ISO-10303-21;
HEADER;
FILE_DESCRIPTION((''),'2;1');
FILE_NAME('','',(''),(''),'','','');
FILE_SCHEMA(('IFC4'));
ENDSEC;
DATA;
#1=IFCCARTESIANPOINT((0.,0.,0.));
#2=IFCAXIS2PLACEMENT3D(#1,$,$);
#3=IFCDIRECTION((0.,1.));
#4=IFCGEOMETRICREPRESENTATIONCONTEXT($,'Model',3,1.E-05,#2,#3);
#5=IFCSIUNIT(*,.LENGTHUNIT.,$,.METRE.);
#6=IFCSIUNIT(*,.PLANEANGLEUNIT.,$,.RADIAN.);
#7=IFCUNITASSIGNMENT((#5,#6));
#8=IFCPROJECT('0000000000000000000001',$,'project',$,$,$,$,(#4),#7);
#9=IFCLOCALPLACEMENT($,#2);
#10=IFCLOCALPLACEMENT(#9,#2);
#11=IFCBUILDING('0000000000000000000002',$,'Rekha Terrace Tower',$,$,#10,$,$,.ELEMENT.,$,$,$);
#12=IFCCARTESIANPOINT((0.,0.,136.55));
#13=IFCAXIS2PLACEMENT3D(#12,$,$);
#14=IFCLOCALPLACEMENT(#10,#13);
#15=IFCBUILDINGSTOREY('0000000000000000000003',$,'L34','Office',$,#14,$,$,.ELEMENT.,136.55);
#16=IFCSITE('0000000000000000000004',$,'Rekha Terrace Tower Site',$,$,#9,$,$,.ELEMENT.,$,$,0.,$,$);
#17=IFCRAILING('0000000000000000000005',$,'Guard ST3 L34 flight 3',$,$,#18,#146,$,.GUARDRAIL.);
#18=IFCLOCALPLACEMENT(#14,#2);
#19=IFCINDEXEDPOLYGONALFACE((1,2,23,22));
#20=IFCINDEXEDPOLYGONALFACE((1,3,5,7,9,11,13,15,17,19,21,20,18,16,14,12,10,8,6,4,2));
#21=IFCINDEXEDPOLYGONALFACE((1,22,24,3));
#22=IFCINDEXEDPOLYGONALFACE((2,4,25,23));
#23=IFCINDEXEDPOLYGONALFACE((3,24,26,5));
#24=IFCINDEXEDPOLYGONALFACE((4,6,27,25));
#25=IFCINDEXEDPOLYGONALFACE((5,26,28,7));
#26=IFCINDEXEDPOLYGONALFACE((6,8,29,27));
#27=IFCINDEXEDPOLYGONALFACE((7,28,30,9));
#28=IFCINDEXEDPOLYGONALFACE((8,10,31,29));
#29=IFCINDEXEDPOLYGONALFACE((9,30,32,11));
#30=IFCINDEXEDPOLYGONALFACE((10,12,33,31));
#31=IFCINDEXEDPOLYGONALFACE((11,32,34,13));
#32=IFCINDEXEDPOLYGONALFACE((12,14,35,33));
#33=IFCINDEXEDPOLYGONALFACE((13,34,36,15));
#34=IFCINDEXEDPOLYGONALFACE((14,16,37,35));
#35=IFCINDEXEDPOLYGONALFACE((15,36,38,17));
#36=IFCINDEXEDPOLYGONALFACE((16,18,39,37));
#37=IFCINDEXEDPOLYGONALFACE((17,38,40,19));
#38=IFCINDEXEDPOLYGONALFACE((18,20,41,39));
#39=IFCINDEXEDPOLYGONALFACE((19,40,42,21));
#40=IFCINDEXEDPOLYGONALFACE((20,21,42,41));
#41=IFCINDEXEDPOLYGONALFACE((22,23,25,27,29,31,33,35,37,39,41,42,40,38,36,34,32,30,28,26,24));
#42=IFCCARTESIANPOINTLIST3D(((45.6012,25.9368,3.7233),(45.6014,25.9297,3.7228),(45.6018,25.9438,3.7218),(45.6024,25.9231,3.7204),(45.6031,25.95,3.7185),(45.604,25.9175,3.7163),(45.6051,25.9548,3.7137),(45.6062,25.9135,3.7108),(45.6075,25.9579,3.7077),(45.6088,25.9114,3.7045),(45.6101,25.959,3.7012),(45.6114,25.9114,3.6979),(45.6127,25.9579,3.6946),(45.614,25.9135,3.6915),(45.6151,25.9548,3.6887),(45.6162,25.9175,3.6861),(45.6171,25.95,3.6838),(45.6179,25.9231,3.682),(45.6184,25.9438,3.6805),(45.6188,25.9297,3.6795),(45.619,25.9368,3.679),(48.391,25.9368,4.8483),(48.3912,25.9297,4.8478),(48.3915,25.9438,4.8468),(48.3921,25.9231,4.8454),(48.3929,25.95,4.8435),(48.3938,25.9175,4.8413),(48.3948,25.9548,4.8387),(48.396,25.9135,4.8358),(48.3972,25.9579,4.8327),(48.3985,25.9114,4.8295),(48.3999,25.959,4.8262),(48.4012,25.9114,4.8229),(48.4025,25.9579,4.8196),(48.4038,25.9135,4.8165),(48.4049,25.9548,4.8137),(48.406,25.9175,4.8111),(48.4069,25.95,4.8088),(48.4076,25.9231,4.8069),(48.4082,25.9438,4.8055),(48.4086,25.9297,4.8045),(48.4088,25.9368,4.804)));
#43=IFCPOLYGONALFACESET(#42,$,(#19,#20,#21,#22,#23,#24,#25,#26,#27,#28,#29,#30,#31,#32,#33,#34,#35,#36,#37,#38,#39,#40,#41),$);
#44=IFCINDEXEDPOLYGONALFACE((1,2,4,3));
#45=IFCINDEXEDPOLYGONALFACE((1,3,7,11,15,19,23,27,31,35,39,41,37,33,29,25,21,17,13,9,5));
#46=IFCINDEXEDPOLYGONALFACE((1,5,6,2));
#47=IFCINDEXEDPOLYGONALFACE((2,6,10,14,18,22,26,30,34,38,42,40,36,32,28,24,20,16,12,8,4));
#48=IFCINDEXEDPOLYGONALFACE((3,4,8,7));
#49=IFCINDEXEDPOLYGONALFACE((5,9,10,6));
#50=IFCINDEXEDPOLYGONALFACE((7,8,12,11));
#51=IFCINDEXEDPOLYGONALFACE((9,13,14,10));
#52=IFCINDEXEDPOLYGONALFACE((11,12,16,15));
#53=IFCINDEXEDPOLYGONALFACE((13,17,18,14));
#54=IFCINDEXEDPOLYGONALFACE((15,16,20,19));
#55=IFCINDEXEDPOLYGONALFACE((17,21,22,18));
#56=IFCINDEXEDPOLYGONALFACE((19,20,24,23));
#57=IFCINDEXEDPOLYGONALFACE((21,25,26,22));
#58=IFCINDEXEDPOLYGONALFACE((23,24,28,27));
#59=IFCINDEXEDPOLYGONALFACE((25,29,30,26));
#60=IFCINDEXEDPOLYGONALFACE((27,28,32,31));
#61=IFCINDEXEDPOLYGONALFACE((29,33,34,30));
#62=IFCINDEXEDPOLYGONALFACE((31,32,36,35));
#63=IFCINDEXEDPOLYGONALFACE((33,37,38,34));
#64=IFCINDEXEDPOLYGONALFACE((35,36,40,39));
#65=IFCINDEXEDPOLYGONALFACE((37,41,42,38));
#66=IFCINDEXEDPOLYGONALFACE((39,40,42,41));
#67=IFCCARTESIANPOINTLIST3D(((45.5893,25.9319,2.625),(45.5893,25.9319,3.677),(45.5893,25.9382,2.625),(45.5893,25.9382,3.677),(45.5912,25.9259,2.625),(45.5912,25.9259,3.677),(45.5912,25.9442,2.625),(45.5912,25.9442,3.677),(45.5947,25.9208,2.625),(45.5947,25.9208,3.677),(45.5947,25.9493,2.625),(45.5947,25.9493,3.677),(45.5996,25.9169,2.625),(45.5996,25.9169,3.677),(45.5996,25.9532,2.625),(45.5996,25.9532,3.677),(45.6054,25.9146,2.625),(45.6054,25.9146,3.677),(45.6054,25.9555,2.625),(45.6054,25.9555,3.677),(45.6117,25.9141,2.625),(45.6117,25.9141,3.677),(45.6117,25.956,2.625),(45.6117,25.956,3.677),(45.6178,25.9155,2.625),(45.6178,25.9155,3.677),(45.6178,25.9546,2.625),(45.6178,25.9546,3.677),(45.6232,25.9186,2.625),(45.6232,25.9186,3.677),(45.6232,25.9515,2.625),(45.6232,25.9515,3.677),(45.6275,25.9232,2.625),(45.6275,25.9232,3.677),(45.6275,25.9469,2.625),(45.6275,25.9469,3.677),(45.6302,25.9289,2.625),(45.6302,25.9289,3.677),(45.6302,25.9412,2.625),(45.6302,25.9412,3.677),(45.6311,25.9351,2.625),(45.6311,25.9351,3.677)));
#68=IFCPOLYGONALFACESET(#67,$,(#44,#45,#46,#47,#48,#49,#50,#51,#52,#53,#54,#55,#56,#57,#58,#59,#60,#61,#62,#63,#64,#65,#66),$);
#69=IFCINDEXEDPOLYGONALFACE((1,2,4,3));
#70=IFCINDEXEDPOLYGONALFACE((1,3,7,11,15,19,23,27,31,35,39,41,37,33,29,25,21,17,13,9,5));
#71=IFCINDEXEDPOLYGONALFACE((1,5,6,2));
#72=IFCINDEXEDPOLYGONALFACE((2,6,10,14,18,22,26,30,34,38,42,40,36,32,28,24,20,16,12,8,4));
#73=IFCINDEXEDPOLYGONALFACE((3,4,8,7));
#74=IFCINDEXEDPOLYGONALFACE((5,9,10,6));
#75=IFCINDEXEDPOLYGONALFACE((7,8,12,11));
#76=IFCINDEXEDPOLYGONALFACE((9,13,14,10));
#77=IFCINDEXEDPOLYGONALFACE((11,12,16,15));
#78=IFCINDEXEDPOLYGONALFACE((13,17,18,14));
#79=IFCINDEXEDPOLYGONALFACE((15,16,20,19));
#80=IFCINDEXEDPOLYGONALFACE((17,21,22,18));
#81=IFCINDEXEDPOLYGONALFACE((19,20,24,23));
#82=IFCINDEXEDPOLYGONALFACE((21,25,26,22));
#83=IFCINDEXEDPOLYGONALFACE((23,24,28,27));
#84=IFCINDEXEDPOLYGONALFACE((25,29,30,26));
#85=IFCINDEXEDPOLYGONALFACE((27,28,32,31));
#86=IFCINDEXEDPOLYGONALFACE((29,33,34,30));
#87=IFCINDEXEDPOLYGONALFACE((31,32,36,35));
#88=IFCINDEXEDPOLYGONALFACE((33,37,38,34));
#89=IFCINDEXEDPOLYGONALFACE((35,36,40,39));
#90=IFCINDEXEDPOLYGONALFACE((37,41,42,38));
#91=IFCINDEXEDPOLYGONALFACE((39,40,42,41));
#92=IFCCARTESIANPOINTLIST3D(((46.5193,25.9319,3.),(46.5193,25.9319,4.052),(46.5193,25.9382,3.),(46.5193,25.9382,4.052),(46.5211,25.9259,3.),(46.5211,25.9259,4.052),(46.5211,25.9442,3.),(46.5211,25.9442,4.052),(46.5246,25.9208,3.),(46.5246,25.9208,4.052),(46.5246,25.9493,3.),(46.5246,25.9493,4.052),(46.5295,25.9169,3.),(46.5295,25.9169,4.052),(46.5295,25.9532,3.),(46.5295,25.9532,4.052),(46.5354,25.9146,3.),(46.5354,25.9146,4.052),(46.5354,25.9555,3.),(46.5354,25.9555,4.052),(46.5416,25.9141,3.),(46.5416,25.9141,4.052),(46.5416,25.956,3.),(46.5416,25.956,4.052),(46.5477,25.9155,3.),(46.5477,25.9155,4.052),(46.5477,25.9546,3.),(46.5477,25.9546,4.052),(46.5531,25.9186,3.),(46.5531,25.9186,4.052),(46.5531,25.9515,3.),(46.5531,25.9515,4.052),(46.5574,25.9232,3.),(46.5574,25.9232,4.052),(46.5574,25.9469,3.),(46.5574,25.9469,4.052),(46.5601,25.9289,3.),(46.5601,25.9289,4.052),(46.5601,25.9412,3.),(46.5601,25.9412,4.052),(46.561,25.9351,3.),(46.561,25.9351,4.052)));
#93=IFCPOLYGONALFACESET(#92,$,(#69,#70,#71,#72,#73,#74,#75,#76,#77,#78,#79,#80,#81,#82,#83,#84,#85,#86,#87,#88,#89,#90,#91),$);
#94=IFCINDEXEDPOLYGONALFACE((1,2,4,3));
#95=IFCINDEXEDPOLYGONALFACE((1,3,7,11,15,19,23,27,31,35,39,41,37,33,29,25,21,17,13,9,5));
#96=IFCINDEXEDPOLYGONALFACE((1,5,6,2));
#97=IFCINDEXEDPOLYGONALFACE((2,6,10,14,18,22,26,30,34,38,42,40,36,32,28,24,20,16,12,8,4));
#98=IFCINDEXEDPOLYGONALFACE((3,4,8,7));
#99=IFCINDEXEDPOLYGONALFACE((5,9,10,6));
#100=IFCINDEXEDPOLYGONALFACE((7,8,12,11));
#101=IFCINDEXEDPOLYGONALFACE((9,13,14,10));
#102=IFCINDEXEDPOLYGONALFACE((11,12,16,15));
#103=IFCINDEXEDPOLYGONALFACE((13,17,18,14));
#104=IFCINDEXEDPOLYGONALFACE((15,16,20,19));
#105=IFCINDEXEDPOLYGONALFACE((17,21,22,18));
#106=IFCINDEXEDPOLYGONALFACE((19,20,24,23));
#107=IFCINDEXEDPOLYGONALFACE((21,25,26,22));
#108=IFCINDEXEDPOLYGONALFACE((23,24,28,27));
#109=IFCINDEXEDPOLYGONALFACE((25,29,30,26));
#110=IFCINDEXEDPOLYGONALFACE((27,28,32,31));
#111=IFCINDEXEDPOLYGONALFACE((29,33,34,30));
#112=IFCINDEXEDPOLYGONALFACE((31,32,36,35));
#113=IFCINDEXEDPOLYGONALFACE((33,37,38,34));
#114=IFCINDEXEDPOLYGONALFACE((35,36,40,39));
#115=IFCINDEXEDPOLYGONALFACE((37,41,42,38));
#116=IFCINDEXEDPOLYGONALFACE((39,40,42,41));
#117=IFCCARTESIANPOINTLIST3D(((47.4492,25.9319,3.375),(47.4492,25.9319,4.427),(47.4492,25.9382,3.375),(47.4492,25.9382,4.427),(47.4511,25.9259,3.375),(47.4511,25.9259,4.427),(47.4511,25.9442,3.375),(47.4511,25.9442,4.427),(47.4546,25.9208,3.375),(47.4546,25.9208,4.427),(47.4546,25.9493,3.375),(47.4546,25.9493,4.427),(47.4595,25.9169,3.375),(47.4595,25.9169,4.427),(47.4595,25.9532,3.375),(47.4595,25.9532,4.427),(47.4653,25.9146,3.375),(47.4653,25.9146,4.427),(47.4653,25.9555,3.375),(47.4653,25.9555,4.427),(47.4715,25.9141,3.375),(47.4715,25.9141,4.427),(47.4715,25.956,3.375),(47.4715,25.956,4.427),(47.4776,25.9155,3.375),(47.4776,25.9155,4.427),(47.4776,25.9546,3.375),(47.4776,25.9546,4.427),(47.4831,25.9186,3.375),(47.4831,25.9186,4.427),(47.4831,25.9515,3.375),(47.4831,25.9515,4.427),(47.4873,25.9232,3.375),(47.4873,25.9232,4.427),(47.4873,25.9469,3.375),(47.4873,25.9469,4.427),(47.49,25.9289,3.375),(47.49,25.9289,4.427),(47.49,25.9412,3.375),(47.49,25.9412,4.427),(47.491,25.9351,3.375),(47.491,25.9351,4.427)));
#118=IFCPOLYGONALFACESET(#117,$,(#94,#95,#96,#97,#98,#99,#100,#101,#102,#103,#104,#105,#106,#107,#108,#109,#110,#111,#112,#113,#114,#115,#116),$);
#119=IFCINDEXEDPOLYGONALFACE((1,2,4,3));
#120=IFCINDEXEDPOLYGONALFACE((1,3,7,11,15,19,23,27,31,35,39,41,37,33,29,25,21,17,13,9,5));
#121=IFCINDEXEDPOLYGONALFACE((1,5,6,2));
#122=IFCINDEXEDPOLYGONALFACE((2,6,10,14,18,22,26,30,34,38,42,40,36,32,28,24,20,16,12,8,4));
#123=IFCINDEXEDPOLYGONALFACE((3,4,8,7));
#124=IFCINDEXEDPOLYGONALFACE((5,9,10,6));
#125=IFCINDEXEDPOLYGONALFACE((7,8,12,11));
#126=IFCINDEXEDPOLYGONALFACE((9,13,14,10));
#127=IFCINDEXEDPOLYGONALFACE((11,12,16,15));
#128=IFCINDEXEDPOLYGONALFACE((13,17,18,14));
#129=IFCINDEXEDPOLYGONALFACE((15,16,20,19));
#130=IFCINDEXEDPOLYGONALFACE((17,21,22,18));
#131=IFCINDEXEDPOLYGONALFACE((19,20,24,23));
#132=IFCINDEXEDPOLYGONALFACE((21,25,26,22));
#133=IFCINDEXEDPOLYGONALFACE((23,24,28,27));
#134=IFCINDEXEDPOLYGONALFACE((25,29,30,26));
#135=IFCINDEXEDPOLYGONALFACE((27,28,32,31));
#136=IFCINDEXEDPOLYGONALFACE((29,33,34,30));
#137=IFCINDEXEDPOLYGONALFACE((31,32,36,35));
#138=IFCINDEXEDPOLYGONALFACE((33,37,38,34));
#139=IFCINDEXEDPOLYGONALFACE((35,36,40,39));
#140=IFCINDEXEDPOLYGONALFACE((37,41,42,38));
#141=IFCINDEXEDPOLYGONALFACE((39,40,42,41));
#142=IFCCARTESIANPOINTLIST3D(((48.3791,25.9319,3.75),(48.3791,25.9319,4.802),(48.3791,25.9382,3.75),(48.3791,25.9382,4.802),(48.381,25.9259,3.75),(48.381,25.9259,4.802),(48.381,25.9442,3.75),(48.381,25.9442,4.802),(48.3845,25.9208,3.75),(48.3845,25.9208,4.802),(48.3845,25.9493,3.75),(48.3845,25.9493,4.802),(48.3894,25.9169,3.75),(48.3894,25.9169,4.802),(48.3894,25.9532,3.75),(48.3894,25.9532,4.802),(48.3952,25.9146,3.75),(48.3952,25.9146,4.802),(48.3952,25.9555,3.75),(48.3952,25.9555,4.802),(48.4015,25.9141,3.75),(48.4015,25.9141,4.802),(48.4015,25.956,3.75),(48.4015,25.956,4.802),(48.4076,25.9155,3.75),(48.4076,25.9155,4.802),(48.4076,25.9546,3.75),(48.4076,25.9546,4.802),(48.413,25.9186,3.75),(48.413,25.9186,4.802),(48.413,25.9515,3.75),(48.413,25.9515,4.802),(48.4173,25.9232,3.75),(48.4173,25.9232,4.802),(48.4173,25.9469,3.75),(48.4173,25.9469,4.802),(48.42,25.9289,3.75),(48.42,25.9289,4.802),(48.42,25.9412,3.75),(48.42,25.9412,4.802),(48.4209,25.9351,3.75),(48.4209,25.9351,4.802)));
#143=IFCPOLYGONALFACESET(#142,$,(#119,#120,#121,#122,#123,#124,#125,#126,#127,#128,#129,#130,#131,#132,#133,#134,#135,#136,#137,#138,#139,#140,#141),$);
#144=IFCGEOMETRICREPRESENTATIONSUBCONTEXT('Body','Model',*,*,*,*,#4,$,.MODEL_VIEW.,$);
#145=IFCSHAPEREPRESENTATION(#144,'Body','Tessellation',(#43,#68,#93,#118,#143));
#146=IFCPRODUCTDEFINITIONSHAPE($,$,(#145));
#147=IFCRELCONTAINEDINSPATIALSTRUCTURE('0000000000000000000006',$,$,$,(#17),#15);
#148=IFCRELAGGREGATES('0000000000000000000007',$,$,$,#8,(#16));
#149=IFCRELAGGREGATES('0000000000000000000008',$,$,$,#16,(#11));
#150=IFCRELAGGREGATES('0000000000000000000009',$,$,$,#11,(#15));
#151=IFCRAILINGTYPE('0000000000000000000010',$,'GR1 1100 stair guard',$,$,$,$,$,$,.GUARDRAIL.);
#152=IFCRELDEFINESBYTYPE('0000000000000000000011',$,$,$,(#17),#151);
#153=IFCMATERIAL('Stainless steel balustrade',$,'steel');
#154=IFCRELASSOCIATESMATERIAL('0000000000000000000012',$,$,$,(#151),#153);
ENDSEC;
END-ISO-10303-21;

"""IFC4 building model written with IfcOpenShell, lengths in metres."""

from ifc_helpers import new_model, si_unit, direction, frame, origin, origin_2d, place, context, subcontext, project, spatial, circle, extrude, material, type_object, element, save


model = new_model("IFC4")

# Units and contexts
model_context = context("Model", 3, precision=1e-05, world=origin(), true_north=direction((0.0, 1.0)))
body_context = subcontext(model_context, "Body", "Model", "MODEL_VIEW")
ifc_project = project(units=[si_unit("LENGTHUNIT", "METRE"), si_unit("PLANEANGLEUNIT", "RADIAN")], contexts=[model_context])

# Site, building, storey
site_placement = place(None, origin())
site = spatial("IfcSite", under=ifc_project, at=site_placement, Name="Rekha Terrace Tower Site", CompositionType="ELEMENT", RefElevation=0.0)
building_placement = place(site_placement, origin())
building = spatial("IfcBuilding", under=site, at=building_placement, Name="Rekha Terrace Tower", CompositionType="ELEMENT")
storey_placement = place(building_placement, frame((0.0, 0.0, 136.55)))
storey = spatial("IfcBuildingStorey", under=building, at=storey_placement, Name="L34", Description="Office", CompositionType="ELEMENT", Elevation=136.55)

# Railing
ifc_material_1 = material(Name="Stainless steel balustrade", Category="steel")
railing_type_1 = type_object("IfcRailingType", Name="GR1 1100 stair guard", PredefinedType="GUARDRAIL", material=ifc_material_1)
railing_1_placement = place(storey_placement, frame((45.6101, 25.9351, 2.625)))
element("IfcRailing", 1, at=railing_1_placement, inside=storey, type_object=railing_type_1, Name="Guard ST3 L34 flight 3", PredefinedType="GUARDRAIL", context=body_context, shape_type="SweptSolid", body=[
    extrude(circle(Radius=0.0239, at=origin_2d()), frame((0.0, 0.0, 1.0762), z_axis=(0.927432, 0.0, 0.373992), x_axis=(0.0, 1.0, 0.0)), (0.0, 0.0, 1.0), 3.0081),
    extrude(circle(Radius=0.021, at=origin_2d()), origin(), (0.0, 0.0, 1.0), 1.052),
    extrude(circle(Radius=0.021, at=origin_2d()), frame((0.9299, 0.0, 0.375)), (0.0, 0.0, 1.0), 1.052),
    extrude(circle(Radius=0.021, at=origin_2d()), frame((1.8599, 0.0, 0.75)), (0.0, 0.0, 1.0), 1.052),
    extrude(circle(Radius=0.021, at=origin_2d()), frame((2.7898, 0.0, 1.125)), (0.0, 0.0, 1.0), 1.052),
])

save(model, "model.ifc")
